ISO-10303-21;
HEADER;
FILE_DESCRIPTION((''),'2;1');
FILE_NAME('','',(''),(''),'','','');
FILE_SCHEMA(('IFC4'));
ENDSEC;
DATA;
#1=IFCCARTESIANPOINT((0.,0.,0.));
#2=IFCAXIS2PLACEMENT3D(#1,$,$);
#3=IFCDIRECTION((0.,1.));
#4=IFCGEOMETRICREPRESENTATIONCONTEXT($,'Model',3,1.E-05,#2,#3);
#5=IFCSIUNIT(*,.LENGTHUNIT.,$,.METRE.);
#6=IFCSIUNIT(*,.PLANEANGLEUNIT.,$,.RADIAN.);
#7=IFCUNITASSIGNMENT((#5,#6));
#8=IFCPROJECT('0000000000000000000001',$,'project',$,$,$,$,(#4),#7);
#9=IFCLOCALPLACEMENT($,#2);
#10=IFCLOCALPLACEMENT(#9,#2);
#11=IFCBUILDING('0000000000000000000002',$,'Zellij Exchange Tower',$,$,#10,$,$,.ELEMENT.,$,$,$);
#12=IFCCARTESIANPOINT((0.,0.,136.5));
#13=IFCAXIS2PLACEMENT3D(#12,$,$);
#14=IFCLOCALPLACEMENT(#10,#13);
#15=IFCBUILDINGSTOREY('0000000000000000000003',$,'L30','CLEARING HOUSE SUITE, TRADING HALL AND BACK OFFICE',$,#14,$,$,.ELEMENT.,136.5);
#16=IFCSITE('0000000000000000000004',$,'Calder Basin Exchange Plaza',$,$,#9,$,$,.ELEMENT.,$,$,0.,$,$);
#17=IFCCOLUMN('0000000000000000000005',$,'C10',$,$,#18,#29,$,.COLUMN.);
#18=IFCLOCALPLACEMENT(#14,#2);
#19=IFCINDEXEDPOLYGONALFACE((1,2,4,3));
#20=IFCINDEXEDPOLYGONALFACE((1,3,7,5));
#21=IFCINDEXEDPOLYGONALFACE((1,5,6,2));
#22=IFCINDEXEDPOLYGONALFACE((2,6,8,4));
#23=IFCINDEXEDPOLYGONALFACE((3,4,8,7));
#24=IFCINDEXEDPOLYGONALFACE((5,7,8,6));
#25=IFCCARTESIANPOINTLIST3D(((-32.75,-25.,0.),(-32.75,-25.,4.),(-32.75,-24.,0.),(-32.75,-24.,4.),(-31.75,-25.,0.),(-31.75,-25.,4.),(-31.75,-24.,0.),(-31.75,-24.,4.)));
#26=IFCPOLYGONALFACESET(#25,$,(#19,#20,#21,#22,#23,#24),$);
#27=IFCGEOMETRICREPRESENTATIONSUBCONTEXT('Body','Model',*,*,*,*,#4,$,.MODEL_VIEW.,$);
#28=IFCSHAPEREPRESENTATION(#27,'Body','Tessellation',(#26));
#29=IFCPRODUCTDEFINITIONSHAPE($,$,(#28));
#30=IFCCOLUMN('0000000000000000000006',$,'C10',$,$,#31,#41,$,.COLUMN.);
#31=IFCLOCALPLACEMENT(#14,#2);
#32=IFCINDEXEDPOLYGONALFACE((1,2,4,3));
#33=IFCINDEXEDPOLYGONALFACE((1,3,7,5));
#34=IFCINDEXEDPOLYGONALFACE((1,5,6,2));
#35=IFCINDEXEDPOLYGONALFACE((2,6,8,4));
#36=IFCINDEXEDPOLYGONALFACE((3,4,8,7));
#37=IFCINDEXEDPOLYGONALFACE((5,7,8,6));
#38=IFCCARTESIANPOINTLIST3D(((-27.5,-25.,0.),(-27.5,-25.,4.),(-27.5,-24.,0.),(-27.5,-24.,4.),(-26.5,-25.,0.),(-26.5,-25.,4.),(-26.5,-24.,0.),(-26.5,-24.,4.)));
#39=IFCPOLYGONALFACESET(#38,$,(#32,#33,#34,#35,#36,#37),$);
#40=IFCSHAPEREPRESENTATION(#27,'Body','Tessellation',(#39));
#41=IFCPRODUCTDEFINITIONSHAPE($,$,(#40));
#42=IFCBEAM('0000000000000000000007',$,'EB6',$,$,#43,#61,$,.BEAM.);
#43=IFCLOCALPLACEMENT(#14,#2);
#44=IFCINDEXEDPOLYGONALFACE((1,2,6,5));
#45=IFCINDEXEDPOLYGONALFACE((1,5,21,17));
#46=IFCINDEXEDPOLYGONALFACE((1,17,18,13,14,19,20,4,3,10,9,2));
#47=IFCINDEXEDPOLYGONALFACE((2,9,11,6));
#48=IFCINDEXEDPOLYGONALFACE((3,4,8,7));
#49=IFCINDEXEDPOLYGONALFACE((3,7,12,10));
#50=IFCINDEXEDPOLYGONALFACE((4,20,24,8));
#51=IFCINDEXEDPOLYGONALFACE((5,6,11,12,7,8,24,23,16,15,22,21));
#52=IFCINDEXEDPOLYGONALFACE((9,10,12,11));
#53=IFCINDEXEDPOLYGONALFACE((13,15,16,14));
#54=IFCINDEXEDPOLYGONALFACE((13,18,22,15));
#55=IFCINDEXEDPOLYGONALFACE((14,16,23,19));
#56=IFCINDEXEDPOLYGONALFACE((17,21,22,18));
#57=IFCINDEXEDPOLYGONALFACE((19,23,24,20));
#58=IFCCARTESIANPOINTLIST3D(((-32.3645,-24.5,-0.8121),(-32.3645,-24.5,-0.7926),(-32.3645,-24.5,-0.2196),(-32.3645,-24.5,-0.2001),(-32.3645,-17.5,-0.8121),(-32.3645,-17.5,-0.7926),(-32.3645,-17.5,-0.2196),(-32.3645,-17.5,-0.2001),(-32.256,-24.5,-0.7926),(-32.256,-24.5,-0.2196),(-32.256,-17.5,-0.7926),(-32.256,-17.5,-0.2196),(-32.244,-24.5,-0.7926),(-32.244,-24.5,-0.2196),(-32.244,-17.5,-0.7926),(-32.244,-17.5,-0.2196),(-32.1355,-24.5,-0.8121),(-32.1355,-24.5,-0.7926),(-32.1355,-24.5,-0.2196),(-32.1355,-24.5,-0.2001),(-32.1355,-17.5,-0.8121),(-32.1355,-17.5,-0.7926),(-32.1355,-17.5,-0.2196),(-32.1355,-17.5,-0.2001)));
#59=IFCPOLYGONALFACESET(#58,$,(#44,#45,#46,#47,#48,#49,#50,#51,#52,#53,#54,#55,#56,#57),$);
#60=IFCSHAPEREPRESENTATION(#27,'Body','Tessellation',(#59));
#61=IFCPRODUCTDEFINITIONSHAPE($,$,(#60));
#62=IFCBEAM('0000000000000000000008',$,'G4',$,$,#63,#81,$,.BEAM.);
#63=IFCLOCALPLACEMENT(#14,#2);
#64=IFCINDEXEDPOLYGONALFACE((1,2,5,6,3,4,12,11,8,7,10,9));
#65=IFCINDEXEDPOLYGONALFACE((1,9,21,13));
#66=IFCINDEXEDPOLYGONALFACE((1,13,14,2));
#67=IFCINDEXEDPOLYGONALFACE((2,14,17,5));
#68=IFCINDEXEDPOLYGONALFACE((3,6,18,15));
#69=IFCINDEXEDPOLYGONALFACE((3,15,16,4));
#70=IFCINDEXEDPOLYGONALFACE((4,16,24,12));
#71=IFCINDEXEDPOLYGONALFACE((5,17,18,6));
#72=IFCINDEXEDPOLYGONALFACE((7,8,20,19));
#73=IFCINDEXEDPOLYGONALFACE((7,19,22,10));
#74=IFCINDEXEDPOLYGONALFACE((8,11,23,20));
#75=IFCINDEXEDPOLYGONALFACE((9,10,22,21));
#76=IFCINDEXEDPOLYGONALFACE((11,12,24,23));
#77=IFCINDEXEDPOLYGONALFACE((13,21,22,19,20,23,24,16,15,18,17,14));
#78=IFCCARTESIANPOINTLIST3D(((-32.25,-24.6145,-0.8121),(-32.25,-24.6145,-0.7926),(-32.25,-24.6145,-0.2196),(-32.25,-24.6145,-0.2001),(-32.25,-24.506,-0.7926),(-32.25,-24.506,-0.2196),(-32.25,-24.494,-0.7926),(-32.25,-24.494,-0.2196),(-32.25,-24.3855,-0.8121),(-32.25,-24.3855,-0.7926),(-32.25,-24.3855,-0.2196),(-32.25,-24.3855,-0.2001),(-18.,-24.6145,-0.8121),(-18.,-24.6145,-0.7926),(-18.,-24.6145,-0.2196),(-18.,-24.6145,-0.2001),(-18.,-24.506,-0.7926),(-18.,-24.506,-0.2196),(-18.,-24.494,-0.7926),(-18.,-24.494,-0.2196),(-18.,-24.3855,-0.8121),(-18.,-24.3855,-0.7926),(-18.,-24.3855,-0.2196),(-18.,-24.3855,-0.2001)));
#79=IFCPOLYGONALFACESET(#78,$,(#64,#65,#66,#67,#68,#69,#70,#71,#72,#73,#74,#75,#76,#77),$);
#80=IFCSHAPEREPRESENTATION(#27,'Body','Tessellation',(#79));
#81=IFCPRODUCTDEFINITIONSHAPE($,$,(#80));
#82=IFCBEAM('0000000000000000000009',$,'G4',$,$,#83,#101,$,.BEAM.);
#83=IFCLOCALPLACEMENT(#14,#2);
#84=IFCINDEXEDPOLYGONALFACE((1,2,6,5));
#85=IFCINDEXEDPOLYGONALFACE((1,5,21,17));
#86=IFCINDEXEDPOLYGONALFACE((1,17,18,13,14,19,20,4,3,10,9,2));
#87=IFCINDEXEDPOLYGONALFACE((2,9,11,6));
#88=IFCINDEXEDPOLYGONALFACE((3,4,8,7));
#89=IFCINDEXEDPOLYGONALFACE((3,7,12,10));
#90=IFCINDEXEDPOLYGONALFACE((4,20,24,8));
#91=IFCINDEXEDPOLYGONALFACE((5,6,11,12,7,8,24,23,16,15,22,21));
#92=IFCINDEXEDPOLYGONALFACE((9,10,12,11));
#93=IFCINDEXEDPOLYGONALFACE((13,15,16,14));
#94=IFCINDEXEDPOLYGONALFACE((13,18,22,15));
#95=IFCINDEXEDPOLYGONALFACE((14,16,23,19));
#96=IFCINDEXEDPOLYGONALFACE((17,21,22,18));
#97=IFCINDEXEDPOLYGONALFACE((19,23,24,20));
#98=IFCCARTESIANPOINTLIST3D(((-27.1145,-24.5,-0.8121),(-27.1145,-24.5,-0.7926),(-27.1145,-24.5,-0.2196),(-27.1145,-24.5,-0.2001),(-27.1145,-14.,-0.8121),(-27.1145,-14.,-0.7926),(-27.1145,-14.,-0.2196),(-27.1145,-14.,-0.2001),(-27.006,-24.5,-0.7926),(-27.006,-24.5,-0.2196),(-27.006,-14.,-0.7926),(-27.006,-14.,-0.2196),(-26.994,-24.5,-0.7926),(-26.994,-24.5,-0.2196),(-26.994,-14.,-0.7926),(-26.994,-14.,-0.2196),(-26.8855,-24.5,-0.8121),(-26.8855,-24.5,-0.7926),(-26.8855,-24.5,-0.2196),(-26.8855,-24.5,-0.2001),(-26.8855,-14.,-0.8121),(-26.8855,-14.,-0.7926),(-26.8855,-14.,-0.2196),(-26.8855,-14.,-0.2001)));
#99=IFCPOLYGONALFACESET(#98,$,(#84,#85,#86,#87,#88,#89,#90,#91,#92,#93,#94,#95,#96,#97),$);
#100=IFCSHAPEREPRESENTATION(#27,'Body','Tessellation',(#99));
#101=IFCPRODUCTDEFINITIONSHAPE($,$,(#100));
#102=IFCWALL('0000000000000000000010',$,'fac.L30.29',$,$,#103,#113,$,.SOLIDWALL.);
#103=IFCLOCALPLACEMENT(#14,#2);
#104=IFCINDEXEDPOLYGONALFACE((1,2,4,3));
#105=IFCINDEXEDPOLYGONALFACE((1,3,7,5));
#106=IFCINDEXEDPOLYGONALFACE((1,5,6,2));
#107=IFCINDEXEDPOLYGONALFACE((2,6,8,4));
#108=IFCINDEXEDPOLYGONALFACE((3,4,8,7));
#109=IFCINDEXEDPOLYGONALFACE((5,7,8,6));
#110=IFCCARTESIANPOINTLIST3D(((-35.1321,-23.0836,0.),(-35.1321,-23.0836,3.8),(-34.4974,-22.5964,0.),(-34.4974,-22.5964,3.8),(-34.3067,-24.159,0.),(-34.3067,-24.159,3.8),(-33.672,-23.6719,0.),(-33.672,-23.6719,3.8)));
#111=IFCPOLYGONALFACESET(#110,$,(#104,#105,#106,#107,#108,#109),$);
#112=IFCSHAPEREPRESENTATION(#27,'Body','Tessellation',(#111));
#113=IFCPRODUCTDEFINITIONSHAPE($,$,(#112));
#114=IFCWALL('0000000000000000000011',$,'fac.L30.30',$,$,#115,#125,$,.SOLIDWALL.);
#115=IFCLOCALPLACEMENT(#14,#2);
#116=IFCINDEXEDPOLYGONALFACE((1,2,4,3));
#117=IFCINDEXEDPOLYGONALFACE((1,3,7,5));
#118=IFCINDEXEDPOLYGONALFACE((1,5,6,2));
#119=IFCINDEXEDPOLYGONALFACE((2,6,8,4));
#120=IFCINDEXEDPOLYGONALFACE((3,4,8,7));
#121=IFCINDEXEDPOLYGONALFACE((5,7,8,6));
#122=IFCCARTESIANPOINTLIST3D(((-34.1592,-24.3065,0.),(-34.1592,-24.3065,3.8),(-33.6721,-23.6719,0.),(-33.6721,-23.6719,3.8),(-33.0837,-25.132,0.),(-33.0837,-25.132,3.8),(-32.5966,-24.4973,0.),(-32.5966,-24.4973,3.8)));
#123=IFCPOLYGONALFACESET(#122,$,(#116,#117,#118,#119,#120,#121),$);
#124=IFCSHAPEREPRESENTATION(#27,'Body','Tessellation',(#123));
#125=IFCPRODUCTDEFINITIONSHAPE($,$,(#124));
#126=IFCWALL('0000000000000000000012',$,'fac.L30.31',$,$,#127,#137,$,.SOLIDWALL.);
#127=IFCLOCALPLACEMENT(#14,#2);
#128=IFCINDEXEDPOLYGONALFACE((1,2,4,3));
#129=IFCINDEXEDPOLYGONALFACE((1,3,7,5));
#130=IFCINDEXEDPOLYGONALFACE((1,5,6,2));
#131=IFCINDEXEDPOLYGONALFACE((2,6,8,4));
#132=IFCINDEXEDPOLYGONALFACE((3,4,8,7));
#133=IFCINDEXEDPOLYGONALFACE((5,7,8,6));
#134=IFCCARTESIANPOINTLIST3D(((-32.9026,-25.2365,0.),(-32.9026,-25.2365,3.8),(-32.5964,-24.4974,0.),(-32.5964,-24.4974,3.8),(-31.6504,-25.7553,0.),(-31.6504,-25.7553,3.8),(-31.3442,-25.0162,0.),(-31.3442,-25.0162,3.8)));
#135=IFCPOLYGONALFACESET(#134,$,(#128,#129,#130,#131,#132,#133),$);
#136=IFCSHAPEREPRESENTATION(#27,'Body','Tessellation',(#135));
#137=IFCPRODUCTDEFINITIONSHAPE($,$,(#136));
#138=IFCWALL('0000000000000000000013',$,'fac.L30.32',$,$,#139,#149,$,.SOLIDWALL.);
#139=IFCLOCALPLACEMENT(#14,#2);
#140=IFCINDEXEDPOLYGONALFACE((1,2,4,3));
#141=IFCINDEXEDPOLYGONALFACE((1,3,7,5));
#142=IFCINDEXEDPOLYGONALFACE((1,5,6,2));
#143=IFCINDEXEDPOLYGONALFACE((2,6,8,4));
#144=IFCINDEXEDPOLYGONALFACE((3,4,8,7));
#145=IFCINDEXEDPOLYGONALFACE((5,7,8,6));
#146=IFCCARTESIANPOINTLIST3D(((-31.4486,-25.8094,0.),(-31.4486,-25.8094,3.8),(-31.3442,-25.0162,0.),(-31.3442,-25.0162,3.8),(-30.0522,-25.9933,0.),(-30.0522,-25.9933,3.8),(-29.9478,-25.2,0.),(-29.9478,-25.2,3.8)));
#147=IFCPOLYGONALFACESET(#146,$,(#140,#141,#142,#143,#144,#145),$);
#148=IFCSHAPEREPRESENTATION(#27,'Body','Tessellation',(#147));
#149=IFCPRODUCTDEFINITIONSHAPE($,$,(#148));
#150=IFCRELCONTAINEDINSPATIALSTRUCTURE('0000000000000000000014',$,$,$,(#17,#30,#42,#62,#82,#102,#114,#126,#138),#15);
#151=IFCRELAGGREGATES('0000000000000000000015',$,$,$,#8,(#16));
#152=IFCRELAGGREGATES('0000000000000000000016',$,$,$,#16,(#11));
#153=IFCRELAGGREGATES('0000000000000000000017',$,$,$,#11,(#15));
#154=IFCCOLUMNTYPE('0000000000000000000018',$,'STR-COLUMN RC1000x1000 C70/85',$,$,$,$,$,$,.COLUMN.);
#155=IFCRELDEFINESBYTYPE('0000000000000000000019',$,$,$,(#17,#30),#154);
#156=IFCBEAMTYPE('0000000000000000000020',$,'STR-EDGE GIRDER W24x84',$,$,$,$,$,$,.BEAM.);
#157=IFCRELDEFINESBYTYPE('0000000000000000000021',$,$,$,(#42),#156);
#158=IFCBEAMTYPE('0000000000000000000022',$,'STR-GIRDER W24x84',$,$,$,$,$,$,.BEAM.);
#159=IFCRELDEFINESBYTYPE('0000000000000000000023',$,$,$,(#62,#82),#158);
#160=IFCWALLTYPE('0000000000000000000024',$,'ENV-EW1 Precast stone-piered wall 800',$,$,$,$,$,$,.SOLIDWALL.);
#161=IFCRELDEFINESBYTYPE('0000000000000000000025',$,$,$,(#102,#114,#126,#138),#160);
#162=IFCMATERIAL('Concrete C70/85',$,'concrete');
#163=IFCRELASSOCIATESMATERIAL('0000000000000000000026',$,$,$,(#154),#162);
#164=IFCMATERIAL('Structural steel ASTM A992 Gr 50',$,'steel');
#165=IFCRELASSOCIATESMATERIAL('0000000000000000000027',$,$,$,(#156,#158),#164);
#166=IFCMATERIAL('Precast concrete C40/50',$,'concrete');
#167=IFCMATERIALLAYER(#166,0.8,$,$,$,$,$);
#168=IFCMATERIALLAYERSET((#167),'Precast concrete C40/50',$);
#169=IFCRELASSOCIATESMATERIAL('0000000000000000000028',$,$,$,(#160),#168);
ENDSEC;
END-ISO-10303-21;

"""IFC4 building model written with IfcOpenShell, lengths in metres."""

from ifc_helpers import new_model, si_unit, direction, frame, frame_2d, origin, origin_2d, place, context, subcontext, project, spatial, rectangle, i_section, extrude, material, layer, layer_set, material_profile, profile_set, type_object, element, save


model = new_model("IFC4")

# Units and contexts
model_context = context("Model", 3, precision=1e-05, world=origin(), true_north=direction((0.0, 1.0)))
body_context = subcontext(model_context, "Body", "Model", "MODEL_VIEW")
ifc_project = project(units=[si_unit("LENGTHUNIT", "METRE"), si_unit("PLANEANGLEUNIT", "RADIAN")], contexts=[model_context])

# Site, building, storey
site_placement = place(None, origin())
site = spatial("IfcSite", under=ifc_project, at=site_placement, Name="Calder Basin Exchange Plaza", CompositionType="ELEMENT", RefElevation=0.0)
building_placement = place(site_placement, origin())
building = spatial("IfcBuilding", under=site, at=building_placement, Name="Zellij Exchange Tower", CompositionType="ELEMENT")
storey_placement = place(building_placement, frame((0.0, 0.0, 136.5)))
storey = spatial("IfcBuildingStorey", under=building, at=storey_placement, Name="L30", Description="CLEARING HOUSE SUITE, TRADING HALL AND BACK OFFICE", CompositionType="ELEMENT", Elevation=136.5)

# Columns
ifc_material_1 = material(Name="Concrete C70/85", Category="concrete")
ifc_material_profile_1 = material_profile(ifc_material_1, rectangle(XDim=1.0, YDim=1.0, at=origin_2d()), Name="STR-COLUMN RC1000x1000 C70/85")
ifc_profile_set_1 = profile_set([ifc_material_profile_1], Name="Concrete C70/85")
column_type = type_object("IfcColumnType", Name="STR-COLUMN RC1000x1000 C70/85", PredefinedType="COLUMN", material=ifc_profile_set_1)
for number, where, z_axis, x_axis, name in (
    (1, (-32.25, -24.5, 0.0), (0.0, 0.0, 1.0), (1.0, 0.0, 0.0), "C10"),
    (2, (-27.0, -24.5, 0.0), (0.0, 0.0, 1.0), (1.0, 0.0, 0.0), "C10"),
):
    element("IfcColumn", number, at=place(storey_placement, frame(where, z_axis=z_axis, x_axis=x_axis)), inside=storey, type_object=column_type, Name=name, PredefinedType="COLUMN", context=body_context, shape_type="SweptSolid", body=[
        extrude(rectangle(XDim=1.0, YDim=1.0, at=origin_2d()), origin(), (0.0, 0.0, 1.0), 4.0),
    ])

# Beams
ifc_material_2 = material(Name="Structural steel ASTM A992 Gr 50", Category="steel")
ifc_material_profile_2 = material_profile(ifc_material_2, i_section(OverallWidth=0.229, OverallDepth=0.6121, WebThickness=0.012, FlangeThickness=0.0195, at=origin_2d()), Name="W24x84")
ifc_profile_set_2 = profile_set([ifc_material_profile_2], Name="Structural steel ASTM A992 Gr 50")
beam_type_1 = type_object("IfcBeamType", Name="STR-EDGE GIRDER W24x84", PredefinedType="BEAM", material=ifc_profile_set_2)
beam_1_placement = place(storey_placement, frame((-32.25, -24.5, -0.5061), z_axis=(0.0, 1.0, 0.0), x_axis=(-1.0, 0.0, 0.0)))
element("IfcBeam", 3, at=beam_1_placement, inside=storey, type_object=beam_type_1, Name="EB6", PredefinedType="BEAM", context=body_context, shape_type="SweptSolid", body=[
    extrude(i_section(OverallWidth=0.229, OverallDepth=0.6121, WebThickness=0.012, FlangeThickness=0.0195, at=origin_2d()), origin(), (0.0, 0.0, 1.0), 7.0),
])
ifc_material_profile_3 = material_profile(ifc_material_2, i_section(OverallWidth=0.229, OverallDepth=0.6121, WebThickness=0.012, FlangeThickness=0.0195, at=origin_2d()), Name="W24x84")
ifc_profile_set_3 = profile_set([ifc_material_profile_3], Name="Structural steel ASTM A992 Gr 50")
beam_type_2 = type_object("IfcBeamType", Name="STR-GIRDER W24x84", PredefinedType="BEAM", material=ifc_profile_set_3)
beam_2_placement = place(storey_placement, frame((-32.25, -24.5, -0.5061), z_axis=(1.0, 0.0, 0.0), x_axis=(0.0, 1.0, 0.0)))
element("IfcBeam", 4, at=beam_2_placement, inside=storey, type_object=beam_type_2, Name="G4", PredefinedType="BEAM", context=body_context, shape_type="SweptSolid", body=[
    extrude(i_section(OverallWidth=0.229, OverallDepth=0.6121, WebThickness=0.012, FlangeThickness=0.0195, at=origin_2d()), origin(), (0.0, 0.0, 1.0), 14.25),
])
beam_3_placement = place(storey_placement, frame((-27.0, -24.5, -0.5061), z_axis=(0.0, 1.0, 0.0), x_axis=(-1.0, 0.0, 0.0)))
element("IfcBeam", 5, at=beam_3_placement, inside=storey, type_object=beam_type_2, Name="G4", PredefinedType="BEAM", context=body_context, shape_type="SweptSolid", body=[
    extrude(i_section(OverallWidth=0.229, OverallDepth=0.6121, WebThickness=0.012, FlangeThickness=0.0195, at=origin_2d()), origin(), (0.0, 0.0, 1.0), 10.5),
])

# Shared definitions
ifc_material_3 = material(Name="Precast concrete C40/50", Category="concrete")
ifc_layer = layer(ifc_material_3, 0.8)
ifc_layer_set = layer_set([ifc_layer], Name="Precast concrete C40/50")
wall_type = type_object("IfcWallType", Name="ENV-EW1 Precast stone-piered wall 800", PredefinedType="SOLIDWALL", material=ifc_layer_set)

# Walls
for number, where, z_axis, x_axis, name in (
    (6, (-34.8147, -22.8401, 0.0), (0.0, 0.0, 1.0), (0.608866, -0.793273, 0.0), "fac.L30.29"),
    (7, (-33.9155, -23.9893, 0.0), (0.0, 0.0, 1.0), (0.793273, -0.608866, 0.0), "fac.L30.30"),
):
    element("IfcWall", number, at=place(storey_placement, frame(where, z_axis=z_axis, x_axis=x_axis)), inside=storey, type_object=wall_type, Name=name, PredefinedType="SOLIDWALL", context=body_context, shape_type="SweptSolid", body=[
        extrude(rectangle(XDim=1.3557, YDim=0.8, at=frame_2d((0.6777, 0.0))), origin(), (0.0, 0.0, 1.0), 3.8),
    ])
wall_1_placement = place(storey_placement, frame((-32.7495, -24.8669, 0.0), z_axis=(0.0, 0.0, 1.0), x_axis=(0.923848, -0.38276, 0.0)))
element("IfcWall", 8, at=wall_1_placement, inside=storey, type_object=wall_type, Name="fac.L30.31", PredefinedType="SOLIDWALL", context=body_context, shape_type="SweptSolid", body=[
    extrude(rectangle(XDim=1.3555, YDim=0.8, at=frame_2d((0.6777, 0.0))), origin(), (0.0, 0.0, 1.0), 3.8),
])
wall_2_placement = place(storey_placement, frame((-31.3962, -25.4128, 0.0), z_axis=(0.0, 0.0, 1.0), x_axis=(0.991446, -0.130517, 0.0)))
element("IfcWall", 9, at=wall_2_placement, inside=storey, type_object=wall_type, Name="fac.L30.32", PredefinedType="SOLIDWALL", context=body_context, shape_type="SweptSolid", body=[
    extrude(rectangle(XDim=1.4084, YDim=0.8, at=frame_2d((0.7041, 0.0))), origin(), (0.0, 0.0, 1.0), 3.8),
])

save(model, "model.ifc")
